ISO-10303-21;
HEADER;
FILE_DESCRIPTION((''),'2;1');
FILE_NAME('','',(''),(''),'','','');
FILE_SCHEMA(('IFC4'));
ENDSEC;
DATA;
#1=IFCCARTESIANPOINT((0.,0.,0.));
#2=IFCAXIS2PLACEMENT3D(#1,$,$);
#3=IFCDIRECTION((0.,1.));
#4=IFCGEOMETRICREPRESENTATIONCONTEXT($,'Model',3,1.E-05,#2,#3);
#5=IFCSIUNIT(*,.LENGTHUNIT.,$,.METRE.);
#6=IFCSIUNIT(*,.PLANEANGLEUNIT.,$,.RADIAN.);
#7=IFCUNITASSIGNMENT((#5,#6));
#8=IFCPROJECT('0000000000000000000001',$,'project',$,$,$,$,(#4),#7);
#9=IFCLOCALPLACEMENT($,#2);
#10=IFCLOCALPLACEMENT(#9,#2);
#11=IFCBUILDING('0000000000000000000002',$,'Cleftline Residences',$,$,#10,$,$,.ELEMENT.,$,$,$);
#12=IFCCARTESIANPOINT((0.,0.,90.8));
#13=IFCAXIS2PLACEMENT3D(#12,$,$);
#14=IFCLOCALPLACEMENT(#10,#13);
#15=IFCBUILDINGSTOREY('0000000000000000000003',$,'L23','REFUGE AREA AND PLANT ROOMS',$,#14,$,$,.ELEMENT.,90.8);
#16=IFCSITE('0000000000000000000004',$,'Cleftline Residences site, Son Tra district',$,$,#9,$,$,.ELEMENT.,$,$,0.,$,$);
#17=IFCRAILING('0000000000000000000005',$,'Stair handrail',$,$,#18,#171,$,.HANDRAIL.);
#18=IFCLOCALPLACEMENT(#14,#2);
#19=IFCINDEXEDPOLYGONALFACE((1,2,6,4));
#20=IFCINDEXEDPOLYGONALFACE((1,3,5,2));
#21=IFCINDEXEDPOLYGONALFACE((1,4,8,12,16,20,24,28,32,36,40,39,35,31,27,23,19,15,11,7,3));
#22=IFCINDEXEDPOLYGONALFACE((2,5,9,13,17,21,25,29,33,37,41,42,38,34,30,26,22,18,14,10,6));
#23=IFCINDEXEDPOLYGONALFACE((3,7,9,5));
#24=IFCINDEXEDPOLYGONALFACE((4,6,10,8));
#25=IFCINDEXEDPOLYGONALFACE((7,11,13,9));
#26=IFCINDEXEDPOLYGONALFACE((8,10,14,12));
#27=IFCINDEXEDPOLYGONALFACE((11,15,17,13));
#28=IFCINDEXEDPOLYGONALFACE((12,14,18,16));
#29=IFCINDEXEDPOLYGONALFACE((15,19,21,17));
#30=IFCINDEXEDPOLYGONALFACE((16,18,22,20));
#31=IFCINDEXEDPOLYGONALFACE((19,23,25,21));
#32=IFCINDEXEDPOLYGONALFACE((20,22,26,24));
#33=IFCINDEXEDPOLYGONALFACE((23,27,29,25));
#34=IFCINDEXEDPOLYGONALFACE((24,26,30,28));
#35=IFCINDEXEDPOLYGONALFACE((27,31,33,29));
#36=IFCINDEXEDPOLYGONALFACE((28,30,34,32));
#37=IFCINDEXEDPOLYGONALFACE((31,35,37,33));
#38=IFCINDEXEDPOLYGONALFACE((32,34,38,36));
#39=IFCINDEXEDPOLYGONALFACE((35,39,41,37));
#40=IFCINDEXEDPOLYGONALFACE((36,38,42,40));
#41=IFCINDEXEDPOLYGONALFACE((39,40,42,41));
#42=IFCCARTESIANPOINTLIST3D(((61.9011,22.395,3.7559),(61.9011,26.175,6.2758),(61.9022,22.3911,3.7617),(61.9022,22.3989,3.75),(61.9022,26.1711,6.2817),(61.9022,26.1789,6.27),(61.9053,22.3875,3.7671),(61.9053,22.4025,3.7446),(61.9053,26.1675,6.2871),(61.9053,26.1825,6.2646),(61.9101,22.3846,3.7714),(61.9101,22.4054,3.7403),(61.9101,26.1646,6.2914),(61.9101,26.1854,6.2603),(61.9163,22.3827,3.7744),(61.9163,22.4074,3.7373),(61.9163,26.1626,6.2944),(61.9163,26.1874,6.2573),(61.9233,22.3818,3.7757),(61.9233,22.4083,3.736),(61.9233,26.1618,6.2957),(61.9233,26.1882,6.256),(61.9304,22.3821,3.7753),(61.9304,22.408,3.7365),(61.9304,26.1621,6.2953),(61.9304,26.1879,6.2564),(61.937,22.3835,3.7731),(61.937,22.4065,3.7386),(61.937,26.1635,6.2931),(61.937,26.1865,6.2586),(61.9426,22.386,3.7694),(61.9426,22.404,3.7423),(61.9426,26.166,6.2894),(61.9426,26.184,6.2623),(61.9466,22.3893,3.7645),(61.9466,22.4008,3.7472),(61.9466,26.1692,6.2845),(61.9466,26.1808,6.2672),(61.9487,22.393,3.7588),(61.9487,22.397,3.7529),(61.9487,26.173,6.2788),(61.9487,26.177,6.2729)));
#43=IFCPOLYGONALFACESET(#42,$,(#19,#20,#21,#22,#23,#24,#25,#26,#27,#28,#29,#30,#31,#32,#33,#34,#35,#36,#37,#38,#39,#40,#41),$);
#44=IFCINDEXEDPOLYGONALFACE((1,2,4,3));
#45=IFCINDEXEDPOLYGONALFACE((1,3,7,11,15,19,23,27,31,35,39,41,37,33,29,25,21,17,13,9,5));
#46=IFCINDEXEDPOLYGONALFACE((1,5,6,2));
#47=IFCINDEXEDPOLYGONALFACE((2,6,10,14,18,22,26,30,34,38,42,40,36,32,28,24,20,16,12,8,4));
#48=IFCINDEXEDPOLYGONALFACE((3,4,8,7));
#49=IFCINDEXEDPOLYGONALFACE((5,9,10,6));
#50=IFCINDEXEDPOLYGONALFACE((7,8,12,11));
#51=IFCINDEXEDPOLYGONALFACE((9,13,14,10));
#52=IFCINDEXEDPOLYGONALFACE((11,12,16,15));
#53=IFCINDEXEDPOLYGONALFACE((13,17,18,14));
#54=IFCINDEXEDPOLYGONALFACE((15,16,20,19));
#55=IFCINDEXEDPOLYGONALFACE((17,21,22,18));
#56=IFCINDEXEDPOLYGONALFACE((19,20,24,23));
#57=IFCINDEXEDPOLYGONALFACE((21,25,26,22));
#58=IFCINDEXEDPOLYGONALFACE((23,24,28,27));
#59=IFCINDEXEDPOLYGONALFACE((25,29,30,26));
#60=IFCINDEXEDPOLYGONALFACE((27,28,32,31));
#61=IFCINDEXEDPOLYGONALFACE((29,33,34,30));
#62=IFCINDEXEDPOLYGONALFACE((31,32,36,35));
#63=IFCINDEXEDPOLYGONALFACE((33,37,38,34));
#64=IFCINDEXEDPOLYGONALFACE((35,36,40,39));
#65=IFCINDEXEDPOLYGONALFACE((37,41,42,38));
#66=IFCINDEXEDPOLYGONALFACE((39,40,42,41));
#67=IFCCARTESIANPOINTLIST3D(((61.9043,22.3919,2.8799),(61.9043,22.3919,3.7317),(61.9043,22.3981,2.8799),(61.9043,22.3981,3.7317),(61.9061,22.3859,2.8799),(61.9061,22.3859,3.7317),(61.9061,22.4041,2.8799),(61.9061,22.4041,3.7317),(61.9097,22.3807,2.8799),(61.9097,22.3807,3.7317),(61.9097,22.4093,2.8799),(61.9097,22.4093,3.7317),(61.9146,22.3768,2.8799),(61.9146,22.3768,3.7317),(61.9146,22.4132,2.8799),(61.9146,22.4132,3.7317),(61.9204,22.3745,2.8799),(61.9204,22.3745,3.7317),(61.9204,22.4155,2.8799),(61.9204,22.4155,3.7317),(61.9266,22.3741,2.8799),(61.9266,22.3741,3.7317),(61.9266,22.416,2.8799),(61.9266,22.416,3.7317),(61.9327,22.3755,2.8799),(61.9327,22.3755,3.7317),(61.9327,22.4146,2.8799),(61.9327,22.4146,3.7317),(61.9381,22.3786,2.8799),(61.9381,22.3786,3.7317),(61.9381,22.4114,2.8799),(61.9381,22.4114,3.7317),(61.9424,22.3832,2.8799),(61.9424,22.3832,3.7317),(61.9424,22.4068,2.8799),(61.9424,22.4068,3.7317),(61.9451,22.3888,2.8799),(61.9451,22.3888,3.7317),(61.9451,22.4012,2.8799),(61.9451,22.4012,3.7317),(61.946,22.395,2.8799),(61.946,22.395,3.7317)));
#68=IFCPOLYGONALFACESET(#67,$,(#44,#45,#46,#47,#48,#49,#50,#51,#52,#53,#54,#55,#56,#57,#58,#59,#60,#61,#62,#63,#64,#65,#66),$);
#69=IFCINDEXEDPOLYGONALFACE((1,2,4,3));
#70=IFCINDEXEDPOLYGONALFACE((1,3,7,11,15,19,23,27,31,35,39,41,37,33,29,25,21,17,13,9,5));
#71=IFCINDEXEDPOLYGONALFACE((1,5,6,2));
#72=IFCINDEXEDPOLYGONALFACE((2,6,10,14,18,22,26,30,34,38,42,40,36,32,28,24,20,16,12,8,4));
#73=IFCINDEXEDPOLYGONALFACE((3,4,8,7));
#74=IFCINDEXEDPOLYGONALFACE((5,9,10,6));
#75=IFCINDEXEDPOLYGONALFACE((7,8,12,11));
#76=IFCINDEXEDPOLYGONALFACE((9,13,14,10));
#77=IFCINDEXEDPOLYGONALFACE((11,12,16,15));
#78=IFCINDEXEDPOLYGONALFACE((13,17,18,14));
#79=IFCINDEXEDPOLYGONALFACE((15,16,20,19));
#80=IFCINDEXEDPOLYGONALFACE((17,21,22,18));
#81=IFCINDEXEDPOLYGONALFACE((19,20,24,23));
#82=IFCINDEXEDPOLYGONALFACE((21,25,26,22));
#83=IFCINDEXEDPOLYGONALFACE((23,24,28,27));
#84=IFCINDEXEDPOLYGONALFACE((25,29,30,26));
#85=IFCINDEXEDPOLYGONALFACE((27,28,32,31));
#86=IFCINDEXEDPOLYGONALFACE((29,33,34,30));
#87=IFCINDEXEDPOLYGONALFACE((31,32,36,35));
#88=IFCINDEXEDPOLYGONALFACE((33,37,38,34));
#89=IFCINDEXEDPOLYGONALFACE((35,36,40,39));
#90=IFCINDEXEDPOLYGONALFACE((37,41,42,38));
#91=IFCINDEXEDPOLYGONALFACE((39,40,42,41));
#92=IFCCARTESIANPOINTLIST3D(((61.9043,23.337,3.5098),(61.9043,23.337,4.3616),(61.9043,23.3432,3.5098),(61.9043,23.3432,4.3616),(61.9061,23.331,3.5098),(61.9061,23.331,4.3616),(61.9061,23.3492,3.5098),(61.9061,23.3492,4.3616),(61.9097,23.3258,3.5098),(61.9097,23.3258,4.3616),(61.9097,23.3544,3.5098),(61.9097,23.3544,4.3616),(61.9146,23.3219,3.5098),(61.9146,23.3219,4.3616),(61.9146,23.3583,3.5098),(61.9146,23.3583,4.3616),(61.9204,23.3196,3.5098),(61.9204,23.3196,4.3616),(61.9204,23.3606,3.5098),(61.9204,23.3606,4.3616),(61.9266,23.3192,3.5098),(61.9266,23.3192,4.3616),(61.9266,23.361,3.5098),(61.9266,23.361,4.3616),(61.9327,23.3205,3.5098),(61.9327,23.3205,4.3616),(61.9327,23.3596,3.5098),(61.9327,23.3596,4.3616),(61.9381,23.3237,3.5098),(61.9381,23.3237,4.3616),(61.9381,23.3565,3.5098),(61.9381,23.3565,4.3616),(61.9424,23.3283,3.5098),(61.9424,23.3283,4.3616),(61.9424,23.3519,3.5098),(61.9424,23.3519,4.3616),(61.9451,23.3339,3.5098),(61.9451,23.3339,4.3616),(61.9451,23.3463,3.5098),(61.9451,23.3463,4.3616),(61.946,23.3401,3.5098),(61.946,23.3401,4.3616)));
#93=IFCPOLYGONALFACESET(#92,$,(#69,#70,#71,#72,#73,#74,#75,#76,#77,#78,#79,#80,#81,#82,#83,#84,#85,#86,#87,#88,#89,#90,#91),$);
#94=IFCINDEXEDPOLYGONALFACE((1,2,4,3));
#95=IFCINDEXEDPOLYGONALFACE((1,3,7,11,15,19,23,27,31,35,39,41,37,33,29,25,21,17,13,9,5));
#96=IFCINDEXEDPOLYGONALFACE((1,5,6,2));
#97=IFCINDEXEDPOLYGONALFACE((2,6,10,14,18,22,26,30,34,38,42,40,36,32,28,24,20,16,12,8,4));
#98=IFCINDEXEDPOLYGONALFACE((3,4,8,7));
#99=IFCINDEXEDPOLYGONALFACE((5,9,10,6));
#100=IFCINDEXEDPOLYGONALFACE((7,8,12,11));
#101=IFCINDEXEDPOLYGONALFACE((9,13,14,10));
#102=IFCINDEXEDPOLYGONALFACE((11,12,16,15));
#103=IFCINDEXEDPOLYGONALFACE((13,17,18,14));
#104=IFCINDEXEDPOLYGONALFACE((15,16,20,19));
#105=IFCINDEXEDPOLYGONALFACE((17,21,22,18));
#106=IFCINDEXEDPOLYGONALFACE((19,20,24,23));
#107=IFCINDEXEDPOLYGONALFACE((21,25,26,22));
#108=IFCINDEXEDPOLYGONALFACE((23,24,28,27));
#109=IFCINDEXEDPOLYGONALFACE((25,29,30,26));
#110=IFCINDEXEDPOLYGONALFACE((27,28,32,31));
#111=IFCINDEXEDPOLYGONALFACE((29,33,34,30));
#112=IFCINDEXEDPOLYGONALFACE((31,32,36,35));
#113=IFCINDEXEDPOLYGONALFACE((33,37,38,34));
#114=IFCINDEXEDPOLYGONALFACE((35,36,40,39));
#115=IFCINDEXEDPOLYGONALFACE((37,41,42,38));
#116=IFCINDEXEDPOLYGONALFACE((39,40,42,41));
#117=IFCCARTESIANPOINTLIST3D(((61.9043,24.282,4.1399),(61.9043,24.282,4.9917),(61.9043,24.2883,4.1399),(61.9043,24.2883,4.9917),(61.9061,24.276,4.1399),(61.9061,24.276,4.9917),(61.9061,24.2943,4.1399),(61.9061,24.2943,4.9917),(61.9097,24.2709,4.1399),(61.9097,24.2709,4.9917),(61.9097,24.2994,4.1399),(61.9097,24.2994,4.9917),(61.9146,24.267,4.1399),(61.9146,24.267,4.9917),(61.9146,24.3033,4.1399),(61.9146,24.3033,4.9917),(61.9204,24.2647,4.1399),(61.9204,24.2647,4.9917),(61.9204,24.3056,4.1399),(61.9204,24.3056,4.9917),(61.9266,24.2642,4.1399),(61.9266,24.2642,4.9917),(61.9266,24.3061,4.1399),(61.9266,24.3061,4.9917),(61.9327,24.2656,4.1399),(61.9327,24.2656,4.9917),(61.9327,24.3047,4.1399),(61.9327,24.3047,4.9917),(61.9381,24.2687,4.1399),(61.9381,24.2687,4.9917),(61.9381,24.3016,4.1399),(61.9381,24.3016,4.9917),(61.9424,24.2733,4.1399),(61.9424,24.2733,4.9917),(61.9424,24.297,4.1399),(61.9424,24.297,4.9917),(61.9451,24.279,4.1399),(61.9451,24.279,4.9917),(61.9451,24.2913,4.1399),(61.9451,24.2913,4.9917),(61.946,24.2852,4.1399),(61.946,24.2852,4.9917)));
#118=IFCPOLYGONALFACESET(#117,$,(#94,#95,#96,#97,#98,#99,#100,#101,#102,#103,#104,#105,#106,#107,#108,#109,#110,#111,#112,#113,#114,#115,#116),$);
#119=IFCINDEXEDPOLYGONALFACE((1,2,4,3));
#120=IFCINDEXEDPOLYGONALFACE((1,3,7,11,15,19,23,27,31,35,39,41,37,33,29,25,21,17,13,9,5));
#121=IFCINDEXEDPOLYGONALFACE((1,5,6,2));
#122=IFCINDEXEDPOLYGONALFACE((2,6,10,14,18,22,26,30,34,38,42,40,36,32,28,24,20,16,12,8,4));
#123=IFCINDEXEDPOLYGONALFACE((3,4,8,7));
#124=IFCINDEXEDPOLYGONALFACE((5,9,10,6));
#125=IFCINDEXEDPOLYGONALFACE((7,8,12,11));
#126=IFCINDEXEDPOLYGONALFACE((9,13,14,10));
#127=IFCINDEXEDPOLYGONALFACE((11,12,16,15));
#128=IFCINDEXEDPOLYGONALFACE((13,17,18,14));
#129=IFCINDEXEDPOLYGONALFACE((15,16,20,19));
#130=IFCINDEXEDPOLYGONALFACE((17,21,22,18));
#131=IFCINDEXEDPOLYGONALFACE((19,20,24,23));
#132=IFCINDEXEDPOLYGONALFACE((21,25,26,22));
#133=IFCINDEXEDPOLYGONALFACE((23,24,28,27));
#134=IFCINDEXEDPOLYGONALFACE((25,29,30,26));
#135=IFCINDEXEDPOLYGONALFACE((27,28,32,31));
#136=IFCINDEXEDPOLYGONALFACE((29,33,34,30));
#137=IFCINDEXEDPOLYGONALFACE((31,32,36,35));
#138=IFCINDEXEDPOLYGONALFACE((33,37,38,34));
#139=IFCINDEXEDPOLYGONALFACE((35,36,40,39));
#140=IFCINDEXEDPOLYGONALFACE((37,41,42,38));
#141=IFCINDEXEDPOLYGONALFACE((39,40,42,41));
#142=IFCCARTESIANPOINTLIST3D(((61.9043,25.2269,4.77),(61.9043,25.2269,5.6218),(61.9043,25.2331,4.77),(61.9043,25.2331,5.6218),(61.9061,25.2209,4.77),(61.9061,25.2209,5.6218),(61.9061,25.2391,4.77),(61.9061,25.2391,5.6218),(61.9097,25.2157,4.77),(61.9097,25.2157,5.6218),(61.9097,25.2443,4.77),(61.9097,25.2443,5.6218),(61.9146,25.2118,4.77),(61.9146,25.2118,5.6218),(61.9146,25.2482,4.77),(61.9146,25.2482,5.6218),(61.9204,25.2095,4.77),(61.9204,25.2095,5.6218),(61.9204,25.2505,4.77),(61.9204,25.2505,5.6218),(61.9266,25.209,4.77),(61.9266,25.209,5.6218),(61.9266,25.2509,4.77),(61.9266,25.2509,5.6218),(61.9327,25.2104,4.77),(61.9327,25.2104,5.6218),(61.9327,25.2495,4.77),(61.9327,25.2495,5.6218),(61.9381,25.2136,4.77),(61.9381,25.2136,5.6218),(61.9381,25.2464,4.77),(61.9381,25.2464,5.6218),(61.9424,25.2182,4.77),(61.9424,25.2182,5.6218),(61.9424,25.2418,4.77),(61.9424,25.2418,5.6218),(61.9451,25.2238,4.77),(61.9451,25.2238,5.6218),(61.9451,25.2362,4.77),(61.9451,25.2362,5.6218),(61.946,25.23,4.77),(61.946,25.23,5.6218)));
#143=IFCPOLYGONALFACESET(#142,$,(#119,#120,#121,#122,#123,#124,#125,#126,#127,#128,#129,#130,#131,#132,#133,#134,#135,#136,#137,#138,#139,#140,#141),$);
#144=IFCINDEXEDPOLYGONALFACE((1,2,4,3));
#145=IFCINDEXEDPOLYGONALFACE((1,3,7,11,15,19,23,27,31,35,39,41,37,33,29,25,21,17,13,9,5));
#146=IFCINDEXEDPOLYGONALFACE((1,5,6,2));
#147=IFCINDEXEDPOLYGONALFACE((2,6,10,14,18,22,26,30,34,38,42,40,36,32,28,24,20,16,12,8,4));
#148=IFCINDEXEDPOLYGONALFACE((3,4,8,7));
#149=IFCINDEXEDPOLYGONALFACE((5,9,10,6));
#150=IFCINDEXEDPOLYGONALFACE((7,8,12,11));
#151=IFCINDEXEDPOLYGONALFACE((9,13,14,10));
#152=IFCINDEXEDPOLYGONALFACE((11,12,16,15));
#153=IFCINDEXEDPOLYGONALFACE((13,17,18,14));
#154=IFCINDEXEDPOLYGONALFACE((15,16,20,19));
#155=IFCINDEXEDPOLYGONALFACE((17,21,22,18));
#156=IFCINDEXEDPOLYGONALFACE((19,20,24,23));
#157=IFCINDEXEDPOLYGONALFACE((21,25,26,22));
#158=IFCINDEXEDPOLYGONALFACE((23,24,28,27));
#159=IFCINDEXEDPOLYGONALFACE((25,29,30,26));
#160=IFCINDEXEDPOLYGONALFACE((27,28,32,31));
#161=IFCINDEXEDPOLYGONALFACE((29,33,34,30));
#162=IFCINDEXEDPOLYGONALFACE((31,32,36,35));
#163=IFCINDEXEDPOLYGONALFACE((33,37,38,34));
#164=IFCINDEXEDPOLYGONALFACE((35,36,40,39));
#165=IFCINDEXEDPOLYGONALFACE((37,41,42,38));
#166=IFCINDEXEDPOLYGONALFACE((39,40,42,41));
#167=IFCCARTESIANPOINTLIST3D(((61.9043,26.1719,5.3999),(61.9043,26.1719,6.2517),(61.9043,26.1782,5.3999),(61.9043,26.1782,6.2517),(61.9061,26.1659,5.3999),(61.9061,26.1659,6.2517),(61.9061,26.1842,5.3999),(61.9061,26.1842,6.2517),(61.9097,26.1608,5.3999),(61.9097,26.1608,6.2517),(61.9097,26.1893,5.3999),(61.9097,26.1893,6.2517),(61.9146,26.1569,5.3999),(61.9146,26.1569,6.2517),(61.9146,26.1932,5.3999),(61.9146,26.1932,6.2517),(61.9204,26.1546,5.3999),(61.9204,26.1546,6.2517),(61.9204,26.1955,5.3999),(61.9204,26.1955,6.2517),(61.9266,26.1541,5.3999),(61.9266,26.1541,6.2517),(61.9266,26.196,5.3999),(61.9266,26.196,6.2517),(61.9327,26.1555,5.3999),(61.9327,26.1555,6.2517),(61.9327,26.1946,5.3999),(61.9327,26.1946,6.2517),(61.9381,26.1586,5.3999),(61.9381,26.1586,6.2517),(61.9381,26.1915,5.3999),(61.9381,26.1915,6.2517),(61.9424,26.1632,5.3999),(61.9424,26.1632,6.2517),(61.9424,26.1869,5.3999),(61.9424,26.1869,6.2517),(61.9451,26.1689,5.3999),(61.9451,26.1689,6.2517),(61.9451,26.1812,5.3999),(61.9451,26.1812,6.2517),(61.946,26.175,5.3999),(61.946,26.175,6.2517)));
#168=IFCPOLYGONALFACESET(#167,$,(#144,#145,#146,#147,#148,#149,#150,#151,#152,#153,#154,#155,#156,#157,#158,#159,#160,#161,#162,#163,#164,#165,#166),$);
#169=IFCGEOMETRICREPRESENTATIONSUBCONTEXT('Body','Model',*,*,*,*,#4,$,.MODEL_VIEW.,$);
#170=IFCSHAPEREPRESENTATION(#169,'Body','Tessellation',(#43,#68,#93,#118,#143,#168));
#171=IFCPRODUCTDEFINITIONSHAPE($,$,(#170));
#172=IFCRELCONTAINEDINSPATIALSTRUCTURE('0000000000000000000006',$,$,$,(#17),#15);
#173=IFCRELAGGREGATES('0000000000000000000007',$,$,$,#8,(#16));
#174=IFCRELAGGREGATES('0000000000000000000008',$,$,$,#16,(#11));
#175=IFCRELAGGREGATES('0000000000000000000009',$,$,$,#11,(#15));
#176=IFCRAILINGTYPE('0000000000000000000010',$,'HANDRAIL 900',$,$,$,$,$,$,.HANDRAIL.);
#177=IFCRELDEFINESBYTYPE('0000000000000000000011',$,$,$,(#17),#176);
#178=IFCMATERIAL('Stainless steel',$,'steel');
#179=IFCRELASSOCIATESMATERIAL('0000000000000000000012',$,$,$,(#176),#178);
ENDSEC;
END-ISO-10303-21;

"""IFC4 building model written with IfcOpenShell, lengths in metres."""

from ifc_helpers import new_model, si_unit, direction, frame, origin, origin_2d, place, context, subcontext, project, spatial, circle, extrude, material, type_object, element, save


model = new_model("IFC4")

# Units and contexts
model_context = context("Model", 3, precision=1e-05, world=origin(), true_north=direction((0.0, 1.0)))
body_context = subcontext(model_context, "Body", "Model", "MODEL_VIEW")
ifc_project = project(units=[si_unit("LENGTHUNIT", "METRE"), si_unit("PLANEANGLEUNIT", "RADIAN")], contexts=[model_context])

# Site, building, storey
site_placement = place(None, origin())
site = spatial("IfcSite", under=ifc_project, at=site_placement, Name="Cleftline Residences site, Son Tra district", CompositionType="ELEMENT", RefElevation=0.0)
building_placement = place(site_placement, origin())
building = spatial("IfcBuilding", under=site, at=building_placement, Name="Cleftline Residences", CompositionType="ELEMENT")
storey_placement = place(building_placement, frame((0.0, 0.0, 90.8)))
storey = spatial("IfcBuildingStorey", under=building, at=storey_placement, Name="L23", Description="REFUGE AREA AND PLANT ROOMS", CompositionType="ELEMENT", Elevation=90.8)

# Railing
ifc_material_1 = material(Name="Stainless steel", Category="steel")
railing_type = type_object("IfcRailingType", Name="HANDRAIL 900", PredefinedType="HANDRAIL", material=ifc_material_1)
railing_1_placement = place(storey_placement, frame((61.925, 22.395, 2.8799)))
element("IfcRailing", 1, at=railing_1_placement, inside=storey, type_object=railing_type, Name="Stair handrail", PredefinedType="HANDRAIL", context=body_context, shape_type="SweptSolid", body=[
    extrude(circle(Radius=0.0239, at=origin_2d()), frame((0.0, 0.0, 0.876), z_axis=(0.0, 0.83205, 0.5547), x_axis=(-1.0, 0.0, 0.0)), (0.0, 0.0, 1.0), 4.543),
    extrude(circle(Radius=0.021, at=origin_2d()), origin(), (0.0, 0.0, 1.0), 0.8518),
    extrude(circle(Radius=0.021, at=origin_2d()), frame((0.0, 0.9451, 0.6299)), (0.0, 0.0, 1.0), 0.8518),
    extrude(circle(Radius=0.021, at=origin_2d()), frame((0.0, 1.8901, 1.26)), (0.0, 0.0, 1.0), 0.8518),
    extrude(circle(Radius=0.021, at=origin_2d()), frame((0.0, 2.835, 1.8901)), (0.0, 0.0, 1.0), 0.8518),
    extrude(circle(Radius=0.021, at=origin_2d()), frame((0.0, 3.78, 2.52)), (0.0, 0.0, 1.0), 0.8518),
])

save(model, "model.ifc")
